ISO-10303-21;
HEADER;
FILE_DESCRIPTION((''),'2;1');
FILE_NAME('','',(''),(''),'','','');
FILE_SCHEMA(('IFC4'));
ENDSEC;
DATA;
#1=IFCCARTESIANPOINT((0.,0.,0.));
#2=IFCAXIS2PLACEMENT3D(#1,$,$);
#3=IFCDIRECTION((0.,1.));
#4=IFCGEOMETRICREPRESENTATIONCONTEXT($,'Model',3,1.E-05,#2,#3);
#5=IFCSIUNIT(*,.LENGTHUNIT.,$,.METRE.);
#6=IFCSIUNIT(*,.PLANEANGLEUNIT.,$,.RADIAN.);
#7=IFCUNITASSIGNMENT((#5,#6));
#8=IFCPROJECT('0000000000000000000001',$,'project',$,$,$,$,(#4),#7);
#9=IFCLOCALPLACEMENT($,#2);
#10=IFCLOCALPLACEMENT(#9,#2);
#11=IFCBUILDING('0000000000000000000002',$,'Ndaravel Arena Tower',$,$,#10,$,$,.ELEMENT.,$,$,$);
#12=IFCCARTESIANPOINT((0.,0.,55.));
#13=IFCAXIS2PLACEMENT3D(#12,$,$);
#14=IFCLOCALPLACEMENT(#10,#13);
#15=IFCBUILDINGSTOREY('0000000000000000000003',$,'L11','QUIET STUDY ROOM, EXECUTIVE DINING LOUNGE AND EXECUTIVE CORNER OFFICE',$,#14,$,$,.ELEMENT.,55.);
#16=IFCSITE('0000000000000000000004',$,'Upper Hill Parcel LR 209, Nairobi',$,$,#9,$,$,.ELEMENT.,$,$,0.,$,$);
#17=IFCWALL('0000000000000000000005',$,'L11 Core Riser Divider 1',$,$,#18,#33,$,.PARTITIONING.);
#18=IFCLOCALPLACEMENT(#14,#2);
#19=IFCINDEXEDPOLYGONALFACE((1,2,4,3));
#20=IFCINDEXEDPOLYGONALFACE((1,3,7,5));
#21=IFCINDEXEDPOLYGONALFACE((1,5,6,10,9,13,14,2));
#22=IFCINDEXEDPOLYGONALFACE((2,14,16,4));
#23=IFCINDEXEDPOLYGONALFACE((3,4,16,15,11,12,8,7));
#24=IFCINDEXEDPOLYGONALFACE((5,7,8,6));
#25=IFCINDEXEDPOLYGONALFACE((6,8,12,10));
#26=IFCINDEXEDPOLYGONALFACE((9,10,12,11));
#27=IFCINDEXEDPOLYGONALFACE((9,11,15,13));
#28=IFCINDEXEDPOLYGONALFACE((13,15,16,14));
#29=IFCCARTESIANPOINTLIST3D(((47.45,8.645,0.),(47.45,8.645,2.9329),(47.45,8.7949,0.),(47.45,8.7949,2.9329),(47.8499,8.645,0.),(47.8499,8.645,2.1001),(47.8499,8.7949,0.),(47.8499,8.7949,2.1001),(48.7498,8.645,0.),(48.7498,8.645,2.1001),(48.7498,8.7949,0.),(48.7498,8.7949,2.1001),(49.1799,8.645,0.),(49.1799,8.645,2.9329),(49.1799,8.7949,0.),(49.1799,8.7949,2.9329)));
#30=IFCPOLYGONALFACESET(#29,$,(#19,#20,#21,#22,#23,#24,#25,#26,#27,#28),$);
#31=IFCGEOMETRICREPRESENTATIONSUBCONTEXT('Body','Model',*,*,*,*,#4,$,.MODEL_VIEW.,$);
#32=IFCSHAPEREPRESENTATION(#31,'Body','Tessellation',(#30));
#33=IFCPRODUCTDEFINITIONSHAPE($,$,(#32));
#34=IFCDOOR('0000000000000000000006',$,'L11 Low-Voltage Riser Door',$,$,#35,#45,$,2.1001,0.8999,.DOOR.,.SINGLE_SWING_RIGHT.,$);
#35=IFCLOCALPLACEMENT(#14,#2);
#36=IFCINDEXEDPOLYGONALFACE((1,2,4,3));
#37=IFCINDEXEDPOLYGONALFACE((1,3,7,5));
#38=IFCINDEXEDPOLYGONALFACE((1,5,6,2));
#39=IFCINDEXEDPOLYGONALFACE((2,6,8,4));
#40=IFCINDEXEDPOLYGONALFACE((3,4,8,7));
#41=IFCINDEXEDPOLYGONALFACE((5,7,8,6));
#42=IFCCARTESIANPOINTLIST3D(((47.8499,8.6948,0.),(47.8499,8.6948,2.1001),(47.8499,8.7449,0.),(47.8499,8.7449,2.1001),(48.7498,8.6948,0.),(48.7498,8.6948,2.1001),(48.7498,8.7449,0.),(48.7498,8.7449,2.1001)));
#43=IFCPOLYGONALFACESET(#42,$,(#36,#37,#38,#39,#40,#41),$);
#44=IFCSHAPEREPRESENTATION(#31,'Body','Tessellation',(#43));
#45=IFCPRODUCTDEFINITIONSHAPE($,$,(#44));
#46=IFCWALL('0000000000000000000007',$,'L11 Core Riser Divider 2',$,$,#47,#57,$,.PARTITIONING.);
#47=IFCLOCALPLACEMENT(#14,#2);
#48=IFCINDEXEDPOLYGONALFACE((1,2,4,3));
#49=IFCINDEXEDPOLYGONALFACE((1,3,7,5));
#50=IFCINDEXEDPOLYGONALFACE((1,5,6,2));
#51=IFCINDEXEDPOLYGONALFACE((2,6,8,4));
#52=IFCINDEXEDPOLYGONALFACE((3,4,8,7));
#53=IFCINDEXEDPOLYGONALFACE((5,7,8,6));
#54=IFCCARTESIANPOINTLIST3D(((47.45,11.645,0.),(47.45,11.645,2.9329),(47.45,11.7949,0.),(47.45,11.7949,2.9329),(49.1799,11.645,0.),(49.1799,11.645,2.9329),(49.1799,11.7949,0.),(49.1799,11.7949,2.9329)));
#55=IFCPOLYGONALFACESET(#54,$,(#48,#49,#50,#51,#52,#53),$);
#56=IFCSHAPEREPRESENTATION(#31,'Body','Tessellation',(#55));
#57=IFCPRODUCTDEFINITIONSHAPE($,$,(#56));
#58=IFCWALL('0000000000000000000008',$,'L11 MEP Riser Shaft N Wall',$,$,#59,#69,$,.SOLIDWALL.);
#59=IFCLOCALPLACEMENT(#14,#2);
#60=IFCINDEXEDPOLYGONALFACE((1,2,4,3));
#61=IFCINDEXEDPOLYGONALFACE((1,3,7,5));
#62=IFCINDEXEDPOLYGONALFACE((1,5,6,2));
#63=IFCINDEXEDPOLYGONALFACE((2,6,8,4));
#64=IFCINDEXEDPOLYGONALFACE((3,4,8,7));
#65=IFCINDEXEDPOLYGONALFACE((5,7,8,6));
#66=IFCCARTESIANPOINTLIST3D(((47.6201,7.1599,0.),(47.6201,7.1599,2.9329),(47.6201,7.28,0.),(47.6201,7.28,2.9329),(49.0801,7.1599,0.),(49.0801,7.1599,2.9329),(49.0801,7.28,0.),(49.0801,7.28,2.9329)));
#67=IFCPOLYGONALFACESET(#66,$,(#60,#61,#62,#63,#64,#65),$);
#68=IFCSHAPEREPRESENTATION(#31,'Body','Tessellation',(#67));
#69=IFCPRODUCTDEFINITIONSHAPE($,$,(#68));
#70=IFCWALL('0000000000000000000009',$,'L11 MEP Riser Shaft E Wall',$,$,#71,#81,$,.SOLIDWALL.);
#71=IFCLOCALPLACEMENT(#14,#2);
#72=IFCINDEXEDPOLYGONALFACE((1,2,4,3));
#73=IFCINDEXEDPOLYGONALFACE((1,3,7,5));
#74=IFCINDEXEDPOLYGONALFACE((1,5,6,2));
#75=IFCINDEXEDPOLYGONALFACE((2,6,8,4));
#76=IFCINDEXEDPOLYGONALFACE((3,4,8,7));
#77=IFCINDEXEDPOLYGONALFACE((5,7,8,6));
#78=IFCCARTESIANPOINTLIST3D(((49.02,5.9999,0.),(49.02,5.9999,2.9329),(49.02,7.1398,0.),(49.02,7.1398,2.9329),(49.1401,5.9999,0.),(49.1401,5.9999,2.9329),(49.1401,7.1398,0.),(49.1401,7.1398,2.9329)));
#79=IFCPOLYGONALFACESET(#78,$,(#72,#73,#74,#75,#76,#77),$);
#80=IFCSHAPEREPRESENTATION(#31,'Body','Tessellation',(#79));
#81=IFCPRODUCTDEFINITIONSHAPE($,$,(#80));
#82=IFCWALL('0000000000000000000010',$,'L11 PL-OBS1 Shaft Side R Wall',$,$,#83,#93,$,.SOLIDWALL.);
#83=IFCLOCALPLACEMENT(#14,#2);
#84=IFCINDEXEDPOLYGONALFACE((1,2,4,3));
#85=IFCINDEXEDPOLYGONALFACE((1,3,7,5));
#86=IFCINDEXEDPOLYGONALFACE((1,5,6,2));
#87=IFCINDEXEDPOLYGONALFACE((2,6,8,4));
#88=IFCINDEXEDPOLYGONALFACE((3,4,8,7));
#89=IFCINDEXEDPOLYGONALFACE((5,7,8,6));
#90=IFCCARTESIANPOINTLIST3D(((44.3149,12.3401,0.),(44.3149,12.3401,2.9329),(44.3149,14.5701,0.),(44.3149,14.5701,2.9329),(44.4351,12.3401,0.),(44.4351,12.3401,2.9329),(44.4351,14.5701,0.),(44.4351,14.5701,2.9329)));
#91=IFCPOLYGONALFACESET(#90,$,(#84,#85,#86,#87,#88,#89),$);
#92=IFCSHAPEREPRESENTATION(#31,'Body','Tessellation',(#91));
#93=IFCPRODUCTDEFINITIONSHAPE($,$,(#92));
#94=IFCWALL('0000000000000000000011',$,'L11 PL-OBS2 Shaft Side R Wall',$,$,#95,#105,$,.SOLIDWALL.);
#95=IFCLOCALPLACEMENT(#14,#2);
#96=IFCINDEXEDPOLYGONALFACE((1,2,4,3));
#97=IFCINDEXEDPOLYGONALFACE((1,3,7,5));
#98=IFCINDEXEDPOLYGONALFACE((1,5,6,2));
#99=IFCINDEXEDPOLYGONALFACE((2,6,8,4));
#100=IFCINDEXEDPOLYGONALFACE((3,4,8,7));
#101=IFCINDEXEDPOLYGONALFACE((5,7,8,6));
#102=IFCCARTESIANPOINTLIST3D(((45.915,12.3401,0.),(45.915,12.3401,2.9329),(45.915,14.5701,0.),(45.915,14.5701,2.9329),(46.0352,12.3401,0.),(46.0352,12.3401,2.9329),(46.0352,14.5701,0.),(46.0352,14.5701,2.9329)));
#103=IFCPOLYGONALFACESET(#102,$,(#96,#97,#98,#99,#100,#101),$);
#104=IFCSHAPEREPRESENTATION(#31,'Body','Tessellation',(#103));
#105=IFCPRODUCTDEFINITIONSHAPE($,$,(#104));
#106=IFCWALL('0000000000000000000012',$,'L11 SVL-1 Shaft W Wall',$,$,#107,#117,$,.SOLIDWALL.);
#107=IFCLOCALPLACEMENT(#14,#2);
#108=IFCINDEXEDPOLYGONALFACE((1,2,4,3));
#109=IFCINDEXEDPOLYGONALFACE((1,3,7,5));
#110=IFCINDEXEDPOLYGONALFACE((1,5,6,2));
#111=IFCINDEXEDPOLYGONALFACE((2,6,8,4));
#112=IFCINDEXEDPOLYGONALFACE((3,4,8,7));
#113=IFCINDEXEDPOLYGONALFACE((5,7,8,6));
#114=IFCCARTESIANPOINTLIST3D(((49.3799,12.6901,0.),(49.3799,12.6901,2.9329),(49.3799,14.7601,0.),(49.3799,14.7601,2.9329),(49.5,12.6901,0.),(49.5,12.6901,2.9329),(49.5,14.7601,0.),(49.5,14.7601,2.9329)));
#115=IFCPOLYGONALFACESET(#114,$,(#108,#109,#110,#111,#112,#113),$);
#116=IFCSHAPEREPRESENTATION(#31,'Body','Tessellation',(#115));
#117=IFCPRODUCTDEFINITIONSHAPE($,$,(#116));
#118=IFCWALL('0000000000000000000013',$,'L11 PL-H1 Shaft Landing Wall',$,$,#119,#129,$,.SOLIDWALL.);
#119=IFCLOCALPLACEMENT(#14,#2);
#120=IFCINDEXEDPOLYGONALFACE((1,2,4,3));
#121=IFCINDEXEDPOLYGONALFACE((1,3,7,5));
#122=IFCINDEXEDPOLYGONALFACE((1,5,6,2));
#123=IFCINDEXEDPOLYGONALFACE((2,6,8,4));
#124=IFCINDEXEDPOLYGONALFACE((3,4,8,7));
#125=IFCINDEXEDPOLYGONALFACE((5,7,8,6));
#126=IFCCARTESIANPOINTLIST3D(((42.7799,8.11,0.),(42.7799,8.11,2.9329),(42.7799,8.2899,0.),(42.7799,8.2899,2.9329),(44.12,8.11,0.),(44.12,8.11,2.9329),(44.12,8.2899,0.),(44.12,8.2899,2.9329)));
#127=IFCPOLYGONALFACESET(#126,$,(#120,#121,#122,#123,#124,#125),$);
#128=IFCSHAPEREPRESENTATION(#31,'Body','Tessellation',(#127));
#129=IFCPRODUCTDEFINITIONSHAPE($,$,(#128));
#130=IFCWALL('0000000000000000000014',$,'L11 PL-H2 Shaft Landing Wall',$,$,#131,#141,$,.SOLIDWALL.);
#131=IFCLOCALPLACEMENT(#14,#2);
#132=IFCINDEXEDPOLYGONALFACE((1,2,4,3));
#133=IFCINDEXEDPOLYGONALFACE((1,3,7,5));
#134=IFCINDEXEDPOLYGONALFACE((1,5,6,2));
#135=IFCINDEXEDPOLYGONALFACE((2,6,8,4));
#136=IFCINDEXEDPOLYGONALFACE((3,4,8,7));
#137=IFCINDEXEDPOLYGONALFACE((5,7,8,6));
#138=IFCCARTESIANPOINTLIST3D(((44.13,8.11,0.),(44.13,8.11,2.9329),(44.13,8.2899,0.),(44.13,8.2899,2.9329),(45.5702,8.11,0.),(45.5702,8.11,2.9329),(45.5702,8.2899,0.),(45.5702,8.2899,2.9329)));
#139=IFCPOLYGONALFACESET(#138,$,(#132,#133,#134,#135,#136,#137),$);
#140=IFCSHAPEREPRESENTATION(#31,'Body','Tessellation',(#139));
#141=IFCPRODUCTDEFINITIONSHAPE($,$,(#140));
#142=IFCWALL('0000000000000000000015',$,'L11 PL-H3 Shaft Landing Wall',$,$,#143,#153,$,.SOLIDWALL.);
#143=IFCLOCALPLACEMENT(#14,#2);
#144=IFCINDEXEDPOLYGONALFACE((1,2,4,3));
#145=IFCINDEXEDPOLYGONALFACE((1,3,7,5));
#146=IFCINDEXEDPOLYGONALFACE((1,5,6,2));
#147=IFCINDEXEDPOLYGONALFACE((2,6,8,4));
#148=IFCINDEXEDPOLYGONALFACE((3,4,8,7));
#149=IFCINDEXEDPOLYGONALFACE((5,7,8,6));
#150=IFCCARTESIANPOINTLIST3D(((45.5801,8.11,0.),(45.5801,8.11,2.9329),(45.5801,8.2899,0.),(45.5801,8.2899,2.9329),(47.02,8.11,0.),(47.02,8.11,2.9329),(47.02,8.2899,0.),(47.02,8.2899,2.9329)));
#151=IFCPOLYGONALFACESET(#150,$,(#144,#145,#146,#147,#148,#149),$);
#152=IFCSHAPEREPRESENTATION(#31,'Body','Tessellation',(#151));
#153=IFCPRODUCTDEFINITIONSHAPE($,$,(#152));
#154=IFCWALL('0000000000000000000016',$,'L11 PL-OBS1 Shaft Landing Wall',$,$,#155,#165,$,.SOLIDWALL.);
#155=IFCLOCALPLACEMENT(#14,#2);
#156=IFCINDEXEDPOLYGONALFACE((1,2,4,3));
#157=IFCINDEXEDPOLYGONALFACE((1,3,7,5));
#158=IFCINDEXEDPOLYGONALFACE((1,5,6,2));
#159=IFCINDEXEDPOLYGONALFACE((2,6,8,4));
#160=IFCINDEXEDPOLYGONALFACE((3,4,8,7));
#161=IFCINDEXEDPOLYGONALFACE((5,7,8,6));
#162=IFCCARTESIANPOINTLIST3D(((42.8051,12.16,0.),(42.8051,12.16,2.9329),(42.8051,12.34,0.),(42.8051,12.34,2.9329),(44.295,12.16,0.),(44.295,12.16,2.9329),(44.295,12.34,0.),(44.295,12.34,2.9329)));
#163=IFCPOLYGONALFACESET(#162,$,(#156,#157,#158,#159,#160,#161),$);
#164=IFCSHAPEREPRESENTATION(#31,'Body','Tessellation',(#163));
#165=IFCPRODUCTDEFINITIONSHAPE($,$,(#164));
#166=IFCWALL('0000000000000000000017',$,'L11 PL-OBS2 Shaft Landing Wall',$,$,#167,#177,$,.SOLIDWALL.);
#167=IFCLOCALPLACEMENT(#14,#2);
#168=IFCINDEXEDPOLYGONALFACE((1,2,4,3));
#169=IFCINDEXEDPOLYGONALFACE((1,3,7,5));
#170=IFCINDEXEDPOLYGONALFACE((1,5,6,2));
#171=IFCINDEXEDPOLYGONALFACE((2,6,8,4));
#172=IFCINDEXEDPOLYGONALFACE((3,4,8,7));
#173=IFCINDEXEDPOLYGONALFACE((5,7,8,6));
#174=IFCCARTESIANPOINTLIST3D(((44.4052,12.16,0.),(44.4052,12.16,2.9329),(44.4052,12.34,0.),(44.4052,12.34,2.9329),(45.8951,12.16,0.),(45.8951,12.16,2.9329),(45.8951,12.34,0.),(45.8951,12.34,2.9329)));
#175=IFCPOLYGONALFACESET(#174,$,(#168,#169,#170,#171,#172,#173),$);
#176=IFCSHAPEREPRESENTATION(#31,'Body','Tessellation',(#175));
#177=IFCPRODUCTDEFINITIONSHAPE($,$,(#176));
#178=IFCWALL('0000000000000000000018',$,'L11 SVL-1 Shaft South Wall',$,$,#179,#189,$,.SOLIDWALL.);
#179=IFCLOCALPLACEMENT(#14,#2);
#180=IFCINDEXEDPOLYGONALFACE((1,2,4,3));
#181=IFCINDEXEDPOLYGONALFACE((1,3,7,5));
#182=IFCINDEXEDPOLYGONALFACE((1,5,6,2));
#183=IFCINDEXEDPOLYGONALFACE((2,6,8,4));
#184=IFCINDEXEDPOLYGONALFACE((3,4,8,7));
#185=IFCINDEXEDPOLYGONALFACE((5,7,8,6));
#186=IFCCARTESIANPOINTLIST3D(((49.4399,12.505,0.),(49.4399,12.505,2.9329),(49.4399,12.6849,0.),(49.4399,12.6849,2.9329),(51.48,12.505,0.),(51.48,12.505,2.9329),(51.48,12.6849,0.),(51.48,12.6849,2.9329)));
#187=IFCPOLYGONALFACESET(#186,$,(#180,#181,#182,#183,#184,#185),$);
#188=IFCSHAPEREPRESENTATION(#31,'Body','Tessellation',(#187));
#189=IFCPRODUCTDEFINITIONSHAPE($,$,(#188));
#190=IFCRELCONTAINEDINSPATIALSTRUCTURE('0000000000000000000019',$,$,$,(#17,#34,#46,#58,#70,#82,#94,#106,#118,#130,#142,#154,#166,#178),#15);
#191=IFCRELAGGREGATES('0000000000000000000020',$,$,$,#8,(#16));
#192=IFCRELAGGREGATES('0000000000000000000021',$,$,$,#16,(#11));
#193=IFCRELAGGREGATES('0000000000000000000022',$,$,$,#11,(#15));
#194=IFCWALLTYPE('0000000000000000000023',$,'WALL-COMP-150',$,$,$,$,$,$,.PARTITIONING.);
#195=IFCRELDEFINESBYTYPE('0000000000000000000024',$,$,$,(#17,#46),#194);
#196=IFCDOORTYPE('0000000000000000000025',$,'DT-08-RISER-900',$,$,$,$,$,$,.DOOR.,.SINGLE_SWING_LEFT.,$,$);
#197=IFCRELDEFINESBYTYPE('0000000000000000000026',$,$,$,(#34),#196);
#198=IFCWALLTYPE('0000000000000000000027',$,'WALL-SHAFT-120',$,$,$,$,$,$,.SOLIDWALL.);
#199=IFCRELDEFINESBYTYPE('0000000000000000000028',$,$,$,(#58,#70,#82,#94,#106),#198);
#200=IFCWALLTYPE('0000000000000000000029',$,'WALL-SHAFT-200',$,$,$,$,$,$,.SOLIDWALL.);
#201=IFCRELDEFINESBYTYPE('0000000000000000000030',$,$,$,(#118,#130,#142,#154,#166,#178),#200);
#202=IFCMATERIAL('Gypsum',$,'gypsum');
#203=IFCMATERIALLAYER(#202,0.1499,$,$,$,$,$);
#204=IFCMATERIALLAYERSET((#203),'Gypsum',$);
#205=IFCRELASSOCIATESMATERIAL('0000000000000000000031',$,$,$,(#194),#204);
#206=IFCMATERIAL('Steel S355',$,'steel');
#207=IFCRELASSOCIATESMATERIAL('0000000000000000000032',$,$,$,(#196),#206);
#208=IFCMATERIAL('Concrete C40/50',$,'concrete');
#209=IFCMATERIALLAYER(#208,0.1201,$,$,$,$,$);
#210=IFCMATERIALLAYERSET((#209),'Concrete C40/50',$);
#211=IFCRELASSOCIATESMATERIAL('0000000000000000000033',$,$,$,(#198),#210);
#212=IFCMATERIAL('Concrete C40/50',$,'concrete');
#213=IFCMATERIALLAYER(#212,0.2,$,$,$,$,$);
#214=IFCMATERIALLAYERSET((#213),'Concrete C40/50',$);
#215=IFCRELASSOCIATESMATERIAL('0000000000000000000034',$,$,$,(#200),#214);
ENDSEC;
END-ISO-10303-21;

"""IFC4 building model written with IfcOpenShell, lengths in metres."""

from ifc_helpers import new_model, si_unit, direction, frame, frame_2d, origin, place, context, subcontext, project, spatial, rectangle, extrude, material, layer, layer_set, type_object, element, fill, save


model = new_model("IFC4")

# Units and contexts
model_context = context("Model", 3, precision=1e-05, world=origin(), true_north=direction((0.0, 1.0)))
body_context = subcontext(model_context, "Body", "Model", "MODEL_VIEW")
ifc_project = project(units=[si_unit("LENGTHUNIT", "METRE"), si_unit("PLANEANGLEUNIT", "RADIAN")], contexts=[model_context])

# Site, building, storey
site_placement = place(None, origin())
site = spatial("IfcSite", under=ifc_project, at=site_placement, Name="Upper Hill Parcel LR 209, Nairobi", CompositionType="ELEMENT", RefElevation=0.0)
building_placement = place(site_placement, origin())
building = spatial("IfcBuilding", under=site, at=building_placement, Name="Ndaravel Arena Tower", CompositionType="ELEMENT")
storey_placement = place(building_placement, frame((0.0, 0.0, 55.0)))
storey = spatial("IfcBuildingStorey", under=building, at=storey_placement, Name="L11", Description="QUIET STUDY ROOM, EXECUTIVE DINING LOUNGE AND EXECUTIVE CORNER OFFICE", CompositionType="ELEMENT", Elevation=55.0)

# Wall, opening, door
ifc_material_1 = material(Name="Gypsum", Category="gypsum")
ifc_layer_1 = layer(ifc_material_1, 0.1499)
ifc_layer_set_1 = layer_set([ifc_layer_1], Name="Gypsum")
wall_type_1 = type_object("IfcWallType", Name="WALL-COMP-150", PredefinedType="PARTITIONING", material=ifc_layer_set_1)
wall_1_placement = place(storey_placement, frame((47.45, 8.72, 0.0), z_axis=(0.0, 0.0, 1.0), x_axis=(1.0, 0.0, 0.0)))
wall_1 = element("IfcWall", 1, at=wall_1_placement, inside=storey, type_object=wall_type_1, Name="L11 Core Riser Divider 1", PredefinedType="PARTITIONING", context=body_context, shape_type="SweptSolid", body=[
    extrude(rectangle(XDim=1.73, YDim=0.1499, at=frame_2d((0.865, 0.0))), origin(), (0.0, 0.0, 1.0), 2.9329),
])
opening_1_placement = place(wall_1_placement, frame((0.3999, 0.0, 0.0)))
opening_1 = element("IfcOpeningElement", 2, at=opening_1_placement, cuts=wall_1, PredefinedType="OPENING", context=body_context, shape_type="SweptSolid", body=[
    extrude(rectangle(XDim=0.8999, YDim=2.1001, at=frame_2d((0.45, 1.05))), frame((0.0, 0.075, 0.0), z_axis=(0.0, -1.0, 0.0), x_axis=(1.0, 0.0, 0.0)), (0.0, 0.0, 1.0), 0.1499),
])
ifc_material_2 = material(Name="Steel S355", Category="steel")
door_type_1 = type_object("IfcDoorType", Name="DT-08-RISER-900", OperationType="SINGLE_SWING_LEFT", PredefinedType="DOOR", material=ifc_material_2)
door_1_placement = place(opening_1_placement, origin())
door_1 = element("IfcDoor", 3, at=door_1_placement, inside=storey, type_object=door_type_1, Name="L11 Low-Voltage Riser Door", OperationType="SINGLE_SWING_RIGHT", OverallHeight=2.1001, OverallWidth=0.8999, PredefinedType="DOOR", context=body_context, shape_type="SweptSolid", body=[
    extrude(rectangle(XDim=0.8999, YDim=2.1001, at=frame_2d((0.45, 1.05))), frame((0.0, 0.0249, 0.0), z_axis=(0.0, -1.0, 0.0), x_axis=(1.0, 0.0, 0.0)), (0.0, 0.0, 1.0), 0.05),
])
fill(opening_1, door_1)

# Walls
wall_2_placement = place(storey_placement, frame((47.45, 11.72, 0.0), z_axis=(0.0, 0.0, 1.0), x_axis=(1.0, 0.0, 0.0)))
element("IfcWall", 4, at=wall_2_placement, inside=storey, type_object=wall_type_1, Name="L11 Core Riser Divider 2", PredefinedType="PARTITIONING", context=body_context, shape_type="SweptSolid", body=[
    extrude(rectangle(XDim=1.73, YDim=0.1499, at=frame_2d((0.865, 0.0))), origin(), (0.0, 0.0, 1.0), 2.9329),
])
ifc_material_3 = material(Name="Concrete C40/50", Category="concrete")
ifc_layer_2 = layer(ifc_material_3, 0.1201)
ifc_layer_set_2 = layer_set([ifc_layer_2], Name="Concrete C40/50")
wall_type_2 = type_object("IfcWallType", Name="WALL-SHAFT-120", PredefinedType="SOLIDWALL", material=ifc_layer_set_2)
wall_3_placement = place(storey_placement, frame((47.6201, 7.22, 0.0), z_axis=(0.0, 0.0, 1.0), x_axis=(1.0, 0.0, 0.0)))
element("IfcWall", 5, at=wall_3_placement, inside=storey, type_object=wall_type_2, Name="L11 MEP Riser Shaft N Wall", PredefinedType="SOLIDWALL", context=body_context, shape_type="SweptSolid", body=[
    extrude(rectangle(XDim=1.46, YDim=0.1201, at=frame_2d((0.73, 0.0))), origin(), (0.0, 0.0, 1.0), 2.9329),
])
wall_4_placement = place(storey_placement, frame((49.0801, 6.0, 0.0), z_axis=(0.0, 0.0, 1.0), x_axis=(0.0, 1.0, 0.0)))
element("IfcWall", 6, at=wall_4_placement, inside=storey, type_object=wall_type_2, Name="L11 MEP Riser Shaft E Wall", PredefinedType="SOLIDWALL", context=body_context, shape_type="SweptSolid", body=[
    extrude(rectangle(XDim=1.1399, YDim=0.1201, at=frame_2d((0.5698, 0.0))), origin(), (0.0, 0.0, 1.0), 2.9329),
])
for number, where, z_axis, x_axis, name in (
    (7, (44.375, 12.3401, 0.0), (0.0, 0.0, 1.0), (0.0, 1.0, 0.0), "L11 PL-OBS1 Shaft Side R Wall"),
    (8, (45.9751, 12.3401, 0.0), (0.0, 0.0, 1.0), (0.0, 1.0, 0.0), "L11 PL-OBS2 Shaft Side R Wall"),
):
    element("IfcWall", number, at=place(storey_placement, frame(where, z_axis=z_axis, x_axis=x_axis)), inside=storey, type_object=wall_type_2, Name=name, PredefinedType="SOLIDWALL", context=body_context, shape_type="SweptSolid", body=[
        extrude(rectangle(XDim=2.23, YDim=0.1201, at=frame_2d((1.115, 0.0))), origin(), (0.0, 0.0, 1.0), 2.9329),
    ])
wall_5_placement = place(storey_placement, frame((49.4399, 12.6899, 0.0), z_axis=(0.0, 0.0, 1.0), x_axis=(0.0, 1.0, 0.0)))
element("IfcWall", 9, at=wall_5_placement, inside=storey, type_object=wall_type_2, Name="L11 SVL-1 Shaft W Wall", PredefinedType="SOLIDWALL", context=body_context, shape_type="SweptSolid", body=[
    extrude(rectangle(XDim=2.0701, YDim=0.1201, at=frame_2d((1.0352, 0.0))), origin(), (0.0, 0.0, 1.0), 2.9329),
])
ifc_material_4 = material(Name="Concrete C40/50", Category="concrete")
ifc_layer_3 = layer(ifc_material_4, 0.2)
ifc_layer_set_3 = layer_set([ifc_layer_3], Name="Concrete C40/50")
wall_type_3 = type_object("IfcWallType", Name="WALL-SHAFT-200", PredefinedType="SOLIDWALL", material=ifc_layer_set_3)
wall_6_placement = place(storey_placement, frame((42.78, 8.2, 0.0), z_axis=(0.0, 0.0, 1.0), x_axis=(1.0, 0.0, 0.0)))
element("IfcWall", 10, at=wall_6_placement, inside=storey, type_object=wall_type_3, Name="L11 PL-H1 Shaft Landing Wall", PredefinedType="SOLIDWALL", context=body_context, shape_type="SweptSolid", body=[
    extrude(rectangle(XDim=1.3401, YDim=0.1799, at=frame_2d((0.6699, 0.0))), origin(), (0.0, 0.0, 1.0), 2.9329),
])
wall_7_placement = place(storey_placement, frame((44.1299, 8.2, 0.0), z_axis=(0.0, 0.0, 1.0), x_axis=(1.0, 0.0, 0.0)))
element("IfcWall", 11, at=wall_7_placement, inside=storey, type_object=wall_type_3, Name="L11 PL-H2 Shaft Landing Wall", PredefinedType="SOLIDWALL", context=body_context, shape_type="SweptSolid", body=[
    extrude(rectangle(XDim=1.4402, YDim=0.1799, at=frame_2d((0.7202, 0.0))), origin(), (0.0, 0.0, 1.0), 2.9329),
])
wall_8_placement = place(storey_placement, frame((45.5801, 8.2, 0.0), z_axis=(0.0, 0.0, 1.0), x_axis=(1.0, 0.0, 0.0)))
element("IfcWall", 12, at=wall_8_placement, inside=storey, type_object=wall_type_3, Name="L11 PL-H3 Shaft Landing Wall", PredefinedType="SOLIDWALL", context=body_context, shape_type="SweptSolid", body=[
    extrude(rectangle(XDim=1.4399, YDim=0.1799, at=frame_2d((0.72, 0.0))), origin(), (0.0, 0.0, 1.0), 2.9329),
])
for number, where, z_axis, x_axis, name in (
    (13, (42.8049, 12.25, 0.0), (0.0, 0.0, 1.0), (1.0, 0.0, 0.0), "L11 PL-OBS1 Shaft Landing Wall"),
    (14, (44.405, 12.25, 0.0), (0.0, 0.0, 1.0), (1.0, 0.0, 0.0), "L11 PL-OBS2 Shaft Landing Wall"),
):
    element("IfcWall", number, at=place(storey_placement, frame(where, z_axis=z_axis, x_axis=x_axis)), inside=storey, type_object=wall_type_3, Name=name, PredefinedType="SOLIDWALL", context=body_context, shape_type="SweptSolid", body=[
        extrude(rectangle(XDim=1.49, YDim=0.1799, at=frame_2d((0.7451, 0.0))), origin(), (0.0, 0.0, 1.0), 2.9329),
    ])

# Wall
wall_9_placement = place(storey_placement, frame((49.4399, 12.595, 0.0), z_axis=(0.0, 0.0, 1.0), x_axis=(1.0, 0.0, 0.0)))
element("IfcWall", 15, at=wall_9_placement, inside=storey, type_object=wall_type_3, Name="L11 SVL-1 Shaft South Wall", PredefinedType="SOLIDWALL", context=body_context, shape_type="SweptSolid", body=[
    extrude(rectangle(XDim=2.04, YDim=0.1799, at=frame_2d((1.02, 0.0))), origin(), (0.0, 0.0, 1.0), 2.9329),
])

save(model, "model.ifc")
